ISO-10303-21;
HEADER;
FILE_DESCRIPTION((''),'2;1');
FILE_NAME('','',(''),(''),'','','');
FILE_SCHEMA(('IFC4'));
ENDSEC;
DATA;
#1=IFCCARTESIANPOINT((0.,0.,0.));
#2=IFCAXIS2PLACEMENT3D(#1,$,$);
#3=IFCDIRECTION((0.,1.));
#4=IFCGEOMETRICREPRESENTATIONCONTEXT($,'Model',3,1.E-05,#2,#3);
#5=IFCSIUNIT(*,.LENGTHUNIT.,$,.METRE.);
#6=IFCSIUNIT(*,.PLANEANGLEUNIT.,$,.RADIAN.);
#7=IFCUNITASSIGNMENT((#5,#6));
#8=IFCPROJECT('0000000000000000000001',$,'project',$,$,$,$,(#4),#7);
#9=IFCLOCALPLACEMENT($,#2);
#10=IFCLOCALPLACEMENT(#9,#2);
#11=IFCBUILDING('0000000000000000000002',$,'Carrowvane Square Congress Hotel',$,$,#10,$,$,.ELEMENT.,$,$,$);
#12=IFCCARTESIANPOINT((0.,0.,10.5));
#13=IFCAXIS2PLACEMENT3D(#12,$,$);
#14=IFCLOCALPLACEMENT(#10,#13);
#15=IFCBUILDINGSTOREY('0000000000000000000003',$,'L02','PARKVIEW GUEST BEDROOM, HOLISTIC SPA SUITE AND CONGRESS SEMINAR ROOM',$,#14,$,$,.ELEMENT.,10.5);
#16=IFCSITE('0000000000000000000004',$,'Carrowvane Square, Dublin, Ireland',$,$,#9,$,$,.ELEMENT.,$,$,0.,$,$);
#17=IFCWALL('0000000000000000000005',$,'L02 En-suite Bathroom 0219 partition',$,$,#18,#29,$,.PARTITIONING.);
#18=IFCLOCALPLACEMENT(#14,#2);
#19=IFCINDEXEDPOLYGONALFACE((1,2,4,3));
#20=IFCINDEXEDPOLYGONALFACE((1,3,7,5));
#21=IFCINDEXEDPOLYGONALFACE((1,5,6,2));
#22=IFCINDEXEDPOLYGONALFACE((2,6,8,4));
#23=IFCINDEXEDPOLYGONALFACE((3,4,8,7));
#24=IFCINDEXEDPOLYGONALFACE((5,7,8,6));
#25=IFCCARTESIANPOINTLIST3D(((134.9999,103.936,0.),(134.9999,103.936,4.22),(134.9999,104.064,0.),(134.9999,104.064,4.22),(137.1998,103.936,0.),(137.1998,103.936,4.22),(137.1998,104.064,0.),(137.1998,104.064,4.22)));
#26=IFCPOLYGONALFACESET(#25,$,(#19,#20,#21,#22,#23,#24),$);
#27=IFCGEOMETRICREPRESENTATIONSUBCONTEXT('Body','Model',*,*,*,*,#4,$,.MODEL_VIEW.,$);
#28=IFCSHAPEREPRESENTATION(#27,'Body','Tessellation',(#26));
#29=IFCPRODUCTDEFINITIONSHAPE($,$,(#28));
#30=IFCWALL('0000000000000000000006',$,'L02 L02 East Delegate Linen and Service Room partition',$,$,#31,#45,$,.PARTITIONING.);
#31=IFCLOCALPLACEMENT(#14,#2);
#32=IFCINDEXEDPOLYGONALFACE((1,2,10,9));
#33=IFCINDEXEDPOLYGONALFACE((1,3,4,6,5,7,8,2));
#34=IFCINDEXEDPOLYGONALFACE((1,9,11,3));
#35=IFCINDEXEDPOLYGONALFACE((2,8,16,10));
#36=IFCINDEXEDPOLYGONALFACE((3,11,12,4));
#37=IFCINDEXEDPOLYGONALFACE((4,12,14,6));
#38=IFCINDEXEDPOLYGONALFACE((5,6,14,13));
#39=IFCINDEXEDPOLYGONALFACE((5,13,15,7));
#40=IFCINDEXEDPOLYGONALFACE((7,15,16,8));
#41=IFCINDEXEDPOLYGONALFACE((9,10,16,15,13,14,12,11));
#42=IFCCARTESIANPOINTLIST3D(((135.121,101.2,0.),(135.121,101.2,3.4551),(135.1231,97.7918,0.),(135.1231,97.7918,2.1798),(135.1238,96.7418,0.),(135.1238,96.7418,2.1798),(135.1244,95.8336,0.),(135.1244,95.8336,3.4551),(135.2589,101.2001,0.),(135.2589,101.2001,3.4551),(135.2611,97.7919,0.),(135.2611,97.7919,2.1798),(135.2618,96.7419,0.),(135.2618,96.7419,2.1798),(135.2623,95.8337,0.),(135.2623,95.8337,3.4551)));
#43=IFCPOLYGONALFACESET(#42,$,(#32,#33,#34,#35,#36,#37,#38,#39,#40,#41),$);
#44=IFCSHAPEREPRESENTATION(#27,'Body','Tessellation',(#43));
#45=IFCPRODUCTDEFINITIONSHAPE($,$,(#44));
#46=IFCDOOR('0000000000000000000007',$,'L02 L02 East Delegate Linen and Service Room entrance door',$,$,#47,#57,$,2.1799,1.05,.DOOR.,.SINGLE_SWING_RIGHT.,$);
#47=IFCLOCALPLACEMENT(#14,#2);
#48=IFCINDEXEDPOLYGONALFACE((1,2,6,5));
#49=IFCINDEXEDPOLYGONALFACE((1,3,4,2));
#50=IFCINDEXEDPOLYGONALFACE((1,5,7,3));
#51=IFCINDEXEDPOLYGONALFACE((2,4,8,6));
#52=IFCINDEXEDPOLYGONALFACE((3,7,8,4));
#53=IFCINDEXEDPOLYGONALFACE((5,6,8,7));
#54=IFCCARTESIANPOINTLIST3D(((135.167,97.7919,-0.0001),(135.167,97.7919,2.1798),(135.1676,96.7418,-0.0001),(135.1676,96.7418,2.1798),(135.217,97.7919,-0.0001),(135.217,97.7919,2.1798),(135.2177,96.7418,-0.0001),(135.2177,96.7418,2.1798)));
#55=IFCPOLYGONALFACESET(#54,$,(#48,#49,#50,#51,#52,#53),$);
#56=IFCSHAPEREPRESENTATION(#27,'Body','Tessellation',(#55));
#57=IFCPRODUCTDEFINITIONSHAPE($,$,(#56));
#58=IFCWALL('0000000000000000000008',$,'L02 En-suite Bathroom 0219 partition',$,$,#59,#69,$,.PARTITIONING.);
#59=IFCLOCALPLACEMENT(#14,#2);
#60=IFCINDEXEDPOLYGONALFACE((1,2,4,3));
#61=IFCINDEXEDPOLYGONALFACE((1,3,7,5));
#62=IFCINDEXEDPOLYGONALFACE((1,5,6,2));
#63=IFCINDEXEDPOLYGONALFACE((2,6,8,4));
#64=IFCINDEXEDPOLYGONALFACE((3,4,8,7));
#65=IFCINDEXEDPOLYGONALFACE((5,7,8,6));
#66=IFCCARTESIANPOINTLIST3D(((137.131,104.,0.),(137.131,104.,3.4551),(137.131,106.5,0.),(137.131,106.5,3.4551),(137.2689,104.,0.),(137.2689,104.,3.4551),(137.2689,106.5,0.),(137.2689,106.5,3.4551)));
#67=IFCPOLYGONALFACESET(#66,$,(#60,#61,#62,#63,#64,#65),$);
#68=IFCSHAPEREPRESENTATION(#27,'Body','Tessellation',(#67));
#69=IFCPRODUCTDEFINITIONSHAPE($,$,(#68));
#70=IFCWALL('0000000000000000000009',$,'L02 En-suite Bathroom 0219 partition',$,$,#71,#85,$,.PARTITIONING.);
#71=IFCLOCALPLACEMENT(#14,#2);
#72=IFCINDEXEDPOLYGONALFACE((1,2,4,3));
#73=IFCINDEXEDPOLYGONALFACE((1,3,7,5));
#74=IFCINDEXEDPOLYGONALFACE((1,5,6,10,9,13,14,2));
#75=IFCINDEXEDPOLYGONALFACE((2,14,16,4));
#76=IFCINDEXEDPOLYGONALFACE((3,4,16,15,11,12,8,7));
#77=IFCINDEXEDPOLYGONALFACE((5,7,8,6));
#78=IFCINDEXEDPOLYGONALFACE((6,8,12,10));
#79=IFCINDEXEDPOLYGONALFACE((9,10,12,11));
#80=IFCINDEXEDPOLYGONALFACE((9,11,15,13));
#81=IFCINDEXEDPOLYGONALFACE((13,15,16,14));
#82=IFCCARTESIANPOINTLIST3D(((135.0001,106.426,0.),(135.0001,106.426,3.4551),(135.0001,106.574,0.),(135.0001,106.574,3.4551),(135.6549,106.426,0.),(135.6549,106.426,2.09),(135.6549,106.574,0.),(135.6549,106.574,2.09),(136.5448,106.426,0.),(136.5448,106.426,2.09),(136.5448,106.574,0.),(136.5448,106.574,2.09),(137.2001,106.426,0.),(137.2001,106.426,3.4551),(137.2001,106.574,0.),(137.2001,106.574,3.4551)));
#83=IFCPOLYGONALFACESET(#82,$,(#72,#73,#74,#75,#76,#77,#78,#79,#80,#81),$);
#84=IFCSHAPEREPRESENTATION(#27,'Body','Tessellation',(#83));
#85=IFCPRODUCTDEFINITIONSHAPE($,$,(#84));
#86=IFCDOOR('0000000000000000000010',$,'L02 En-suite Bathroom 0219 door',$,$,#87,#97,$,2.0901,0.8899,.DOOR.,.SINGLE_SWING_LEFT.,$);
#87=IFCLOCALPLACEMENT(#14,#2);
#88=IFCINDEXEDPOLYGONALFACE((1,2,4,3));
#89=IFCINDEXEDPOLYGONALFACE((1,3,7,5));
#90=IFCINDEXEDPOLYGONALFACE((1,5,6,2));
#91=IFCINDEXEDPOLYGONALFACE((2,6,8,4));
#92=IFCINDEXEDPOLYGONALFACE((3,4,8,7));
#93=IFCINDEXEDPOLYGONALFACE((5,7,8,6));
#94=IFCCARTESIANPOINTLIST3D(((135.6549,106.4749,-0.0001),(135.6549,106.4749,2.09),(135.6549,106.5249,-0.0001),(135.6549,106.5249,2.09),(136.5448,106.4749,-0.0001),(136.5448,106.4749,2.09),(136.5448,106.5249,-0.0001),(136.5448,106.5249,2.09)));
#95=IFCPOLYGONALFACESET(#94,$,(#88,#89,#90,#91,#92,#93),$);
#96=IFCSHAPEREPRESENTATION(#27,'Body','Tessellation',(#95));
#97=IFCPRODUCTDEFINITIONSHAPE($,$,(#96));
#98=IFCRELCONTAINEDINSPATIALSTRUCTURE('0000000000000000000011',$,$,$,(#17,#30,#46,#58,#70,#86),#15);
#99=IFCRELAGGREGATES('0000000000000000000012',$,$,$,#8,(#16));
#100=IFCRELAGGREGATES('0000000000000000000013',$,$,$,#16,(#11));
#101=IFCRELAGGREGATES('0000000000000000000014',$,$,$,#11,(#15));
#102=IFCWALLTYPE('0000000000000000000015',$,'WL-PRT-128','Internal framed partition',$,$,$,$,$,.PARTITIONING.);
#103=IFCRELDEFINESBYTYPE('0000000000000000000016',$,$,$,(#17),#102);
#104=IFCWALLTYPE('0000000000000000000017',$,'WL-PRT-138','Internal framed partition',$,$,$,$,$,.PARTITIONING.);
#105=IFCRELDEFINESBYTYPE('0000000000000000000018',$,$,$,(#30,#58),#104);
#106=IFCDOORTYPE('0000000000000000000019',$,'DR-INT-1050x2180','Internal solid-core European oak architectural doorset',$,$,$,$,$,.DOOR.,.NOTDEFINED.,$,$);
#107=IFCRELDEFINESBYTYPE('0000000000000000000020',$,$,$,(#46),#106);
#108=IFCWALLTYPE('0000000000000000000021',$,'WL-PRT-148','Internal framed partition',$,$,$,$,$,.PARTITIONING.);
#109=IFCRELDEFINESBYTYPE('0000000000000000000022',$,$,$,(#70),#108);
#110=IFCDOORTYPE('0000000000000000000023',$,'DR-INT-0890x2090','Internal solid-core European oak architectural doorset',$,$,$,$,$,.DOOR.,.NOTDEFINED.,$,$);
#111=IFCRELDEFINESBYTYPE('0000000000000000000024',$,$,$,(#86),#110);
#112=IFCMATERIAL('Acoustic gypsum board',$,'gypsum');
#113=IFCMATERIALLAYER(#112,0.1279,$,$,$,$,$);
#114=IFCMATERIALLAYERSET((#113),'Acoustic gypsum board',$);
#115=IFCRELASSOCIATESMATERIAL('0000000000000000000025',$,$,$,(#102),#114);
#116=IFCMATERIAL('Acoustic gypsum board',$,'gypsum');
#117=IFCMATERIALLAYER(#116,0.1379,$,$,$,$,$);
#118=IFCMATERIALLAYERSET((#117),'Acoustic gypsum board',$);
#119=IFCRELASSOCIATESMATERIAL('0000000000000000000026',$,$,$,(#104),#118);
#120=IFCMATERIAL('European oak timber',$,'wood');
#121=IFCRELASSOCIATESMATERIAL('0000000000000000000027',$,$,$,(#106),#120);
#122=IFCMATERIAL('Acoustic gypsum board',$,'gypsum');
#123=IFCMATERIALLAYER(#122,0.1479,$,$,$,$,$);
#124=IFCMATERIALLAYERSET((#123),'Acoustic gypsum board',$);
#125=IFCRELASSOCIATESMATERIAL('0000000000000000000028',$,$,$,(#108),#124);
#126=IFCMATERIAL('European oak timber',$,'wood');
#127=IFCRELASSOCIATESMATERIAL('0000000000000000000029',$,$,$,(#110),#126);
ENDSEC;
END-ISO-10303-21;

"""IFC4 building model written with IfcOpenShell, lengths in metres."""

from ifc_helpers import new_model, si_unit, direction, frame, frame_2d, origin, place, context, subcontext, project, spatial, rectangle, extrude, material, layer, layer_set, type_object, element, fill, save


model = new_model("IFC4")

# Units and contexts
model_context = context("Model", 3, precision=1e-05, world=origin(), true_north=direction((0.0, 1.0)))
body_context = subcontext(model_context, "Body", "Model", "MODEL_VIEW")
ifc_project = project(units=[si_unit("LENGTHUNIT", "METRE"), si_unit("PLANEANGLEUNIT", "RADIAN")], contexts=[model_context])

# Site, building, storey
site_placement = place(None, origin())
site = spatial("IfcSite", under=ifc_project, at=site_placement, Name="Carrowvane Square, Dublin, Ireland", CompositionType="ELEMENT", RefElevation=0.0)
building_placement = place(site_placement, origin())
building = spatial("IfcBuilding", under=site, at=building_placement, Name="Carrowvane Square Congress Hotel", CompositionType="ELEMENT")
storey_placement = place(building_placement, frame((0.0, 0.0, 10.5)))
storey = spatial("IfcBuildingStorey", under=building, at=storey_placement, Name="L02", Description="PARKVIEW GUEST BEDROOM, HOLISTIC SPA SUITE AND CONGRESS SEMINAR ROOM", CompositionType="ELEMENT", Elevation=10.5)

# Wall
ifc_material_1 = material(Name="Acoustic gypsum board", Category="gypsum")
ifc_layer_1 = layer(ifc_material_1, 0.1279)
ifc_layer_set_1 = layer_set([ifc_layer_1], Name="Acoustic gypsum board")
wall_type_1 = type_object("IfcWallType", Name="WL-PRT-128", Description="Internal framed partition", PredefinedType="PARTITIONING", material=ifc_layer_set_1)
wall_1_placement = place(storey_placement, frame((137.2, 104.0, 0.0), z_axis=(0.0, 0.0, 1.0), x_axis=(-1.0, 0.0, 0.0)))
element("IfcWall", 1, at=wall_1_placement, inside=storey, type_object=wall_type_1, Name="L02 En-suite Bathroom 0219 partition", PredefinedType="PARTITIONING", context=body_context, shape_type="SweptSolid", body=[
    extrude(rectangle(XDim=2.2, YDim=0.1279, at=frame_2d((1.1001, 0.0))), origin(), (0.0, 0.0, 1.0), 4.22),
])

# Wall, opening, door
ifc_material_2 = material(Name="Acoustic gypsum board", Category="gypsum")
ifc_layer_2 = layer(ifc_material_2, 0.1379)
ifc_layer_set_2 = layer_set([ifc_layer_2], Name="Acoustic gypsum board")
wall_type_2 = type_object("IfcWallType", Name="WL-PRT-138", Description="Internal framed partition", PredefinedType="PARTITIONING", material=ifc_layer_set_2)
wall_2_placement = place(storey_placement, frame((135.1899, 101.2, 0.0), z_axis=(0.0, 0.0, 1.0), x_axis=(0.000637, -1.0, 0.0)))
wall_2 = element("IfcWall", 2, at=wall_2_placement, inside=storey, type_object=wall_type_2, Name="L02 L02 East Delegate Linen and Service Room partition", PredefinedType="PARTITIONING", context=body_context, shape_type="SweptSolid", body=[
    extrude(rectangle(XDim=5.3665, YDim=0.1379, at=frame_2d((2.6831, 0.0))), origin(), (0.0, 0.0, 1.0), 3.4551),
])
opening_1_placement = place(wall_2_placement, frame((3.4082, 0.0, 0.0)))
opening_1 = element("IfcOpeningElement", 3, at=opening_1_placement, cuts=wall_2, PredefinedType="OPENING", context=body_context, shape_type="SweptSolid", body=[
    extrude(rectangle(XDim=1.05, YDim=2.1799, at=frame_2d((0.5249, 1.0898))), frame((0.0, 0.0789, 0.0), z_axis=(0.0, -1.0, 0.0), x_axis=(1.0, 0.0, 0.0)), (0.0, 0.0, 1.0), 0.158),
])
ifc_material_3 = material(Name="European oak timber", Category="wood")
door_type_1 = type_object("IfcDoorType", Name="DR-INT-1050x2180", Description="Internal solid-core European oak architectural doorset", OperationType="NOTDEFINED", PredefinedType="DOOR", material=ifc_material_3)
door_1_placement = place(opening_1_placement, origin())
door_1 = element("IfcDoor", 4, at=door_1_placement, inside=storey, type_object=door_type_1, Name="L02 L02 East Delegate Linen and Service Room entrance door", OperationType="SINGLE_SWING_RIGHT", OverallHeight=2.1799, OverallWidth=1.05, PredefinedType="DOOR", context=body_context, shape_type="SweptSolid", body=[
    extrude(rectangle(XDim=1.05, YDim=2.1799, at=frame_2d((0.5249, 1.0898))), frame((0.0, 0.0249, 0.0), z_axis=(0.0, -1.0, 0.0), x_axis=(1.0, 0.0, 0.0)), (0.0, 0.0, 1.0), 0.05),
])
fill(opening_1, door_1)

# Wall
wall_3_placement = place(storey_placement, frame((137.2, 106.5, 0.0), z_axis=(0.0, 0.0, 1.0), x_axis=(0.0, -1.0, 0.0)))
element("IfcWall", 5, at=wall_3_placement, inside=storey, type_object=wall_type_2, Name="L02 En-suite Bathroom 0219 partition", PredefinedType="PARTITIONING", context=body_context, shape_type="SweptSolid", body=[
    extrude(rectangle(XDim=2.5, YDim=0.1379, at=frame_2d((1.25, 0.0))), origin(), (0.0, 0.0, 1.0), 3.4551),
])

# Wall, opening, door
ifc_material_4 = material(Name="Acoustic gypsum board", Category="gypsum")
ifc_layer_3 = layer(ifc_material_4, 0.1479)
ifc_layer_set_3 = layer_set([ifc_layer_3], Name="Acoustic gypsum board")
wall_type_3 = type_object("IfcWallType", Name="WL-PRT-148", Description="Internal framed partition", PredefinedType="PARTITIONING", material=ifc_layer_set_3)
wall_4_placement = place(storey_placement, frame((135.0, 106.5, 0.0), z_axis=(0.0, 0.0, 1.0), x_axis=(1.0, 0.0, 0.0)))
wall_4 = element("IfcWall", 6, at=wall_4_placement, inside=storey, type_object=wall_type_3, Name="L02 En-suite Bathroom 0219 partition", PredefinedType="PARTITIONING", context=body_context, shape_type="SweptSolid", body=[
    extrude(rectangle(XDim=2.2, YDim=0.1479, at=frame_2d((1.1001, 0.0))), origin(), (0.0, 0.0, 1.0), 3.4551),
])
opening_2_placement = place(wall_4_placement, frame((0.655, 0.0, 0.0)))
opening_2 = element("IfcOpeningElement", 7, at=opening_2_placement, cuts=wall_4, PredefinedType="OPENING", context=body_context, shape_type="SweptSolid", body=[
    extrude(rectangle(XDim=0.8899, YDim=2.0901, at=frame_2d((0.4448, 1.0449))), frame((0.0, 0.084, 0.0), z_axis=(0.0, -1.0, 0.0), x_axis=(1.0, 0.0, 0.0)), (0.0, 0.0, 1.0), 0.168),
])
ifc_material_5 = material(Name="European oak timber", Category="wood")
door_type_2 = type_object("IfcDoorType", Name="DR-INT-0890x2090", Description="Internal solid-core European oak architectural doorset", OperationType="NOTDEFINED", PredefinedType="DOOR", material=ifc_material_5)
door_2_placement = place(opening_2_placement, origin())
door_2 = element("IfcDoor", 8, at=door_2_placement, inside=storey, type_object=door_type_2, Name="L02 En-suite Bathroom 0219 door", OperationType="SINGLE_SWING_LEFT", OverallHeight=2.0901, OverallWidth=0.8899, PredefinedType="DOOR", context=body_context, shape_type="SweptSolid", body=[
    extrude(rectangle(XDim=0.8899, YDim=2.0901, at=frame_2d((0.4448, 1.0449))), frame((0.0, 0.0249, 0.0), z_axis=(0.0, -1.0, 0.0), x_axis=(1.0, 0.0, 0.0)), (0.0, 0.0, 1.0), 0.05),
])
fill(opening_2, door_2)

save(model, "model.ifc")
